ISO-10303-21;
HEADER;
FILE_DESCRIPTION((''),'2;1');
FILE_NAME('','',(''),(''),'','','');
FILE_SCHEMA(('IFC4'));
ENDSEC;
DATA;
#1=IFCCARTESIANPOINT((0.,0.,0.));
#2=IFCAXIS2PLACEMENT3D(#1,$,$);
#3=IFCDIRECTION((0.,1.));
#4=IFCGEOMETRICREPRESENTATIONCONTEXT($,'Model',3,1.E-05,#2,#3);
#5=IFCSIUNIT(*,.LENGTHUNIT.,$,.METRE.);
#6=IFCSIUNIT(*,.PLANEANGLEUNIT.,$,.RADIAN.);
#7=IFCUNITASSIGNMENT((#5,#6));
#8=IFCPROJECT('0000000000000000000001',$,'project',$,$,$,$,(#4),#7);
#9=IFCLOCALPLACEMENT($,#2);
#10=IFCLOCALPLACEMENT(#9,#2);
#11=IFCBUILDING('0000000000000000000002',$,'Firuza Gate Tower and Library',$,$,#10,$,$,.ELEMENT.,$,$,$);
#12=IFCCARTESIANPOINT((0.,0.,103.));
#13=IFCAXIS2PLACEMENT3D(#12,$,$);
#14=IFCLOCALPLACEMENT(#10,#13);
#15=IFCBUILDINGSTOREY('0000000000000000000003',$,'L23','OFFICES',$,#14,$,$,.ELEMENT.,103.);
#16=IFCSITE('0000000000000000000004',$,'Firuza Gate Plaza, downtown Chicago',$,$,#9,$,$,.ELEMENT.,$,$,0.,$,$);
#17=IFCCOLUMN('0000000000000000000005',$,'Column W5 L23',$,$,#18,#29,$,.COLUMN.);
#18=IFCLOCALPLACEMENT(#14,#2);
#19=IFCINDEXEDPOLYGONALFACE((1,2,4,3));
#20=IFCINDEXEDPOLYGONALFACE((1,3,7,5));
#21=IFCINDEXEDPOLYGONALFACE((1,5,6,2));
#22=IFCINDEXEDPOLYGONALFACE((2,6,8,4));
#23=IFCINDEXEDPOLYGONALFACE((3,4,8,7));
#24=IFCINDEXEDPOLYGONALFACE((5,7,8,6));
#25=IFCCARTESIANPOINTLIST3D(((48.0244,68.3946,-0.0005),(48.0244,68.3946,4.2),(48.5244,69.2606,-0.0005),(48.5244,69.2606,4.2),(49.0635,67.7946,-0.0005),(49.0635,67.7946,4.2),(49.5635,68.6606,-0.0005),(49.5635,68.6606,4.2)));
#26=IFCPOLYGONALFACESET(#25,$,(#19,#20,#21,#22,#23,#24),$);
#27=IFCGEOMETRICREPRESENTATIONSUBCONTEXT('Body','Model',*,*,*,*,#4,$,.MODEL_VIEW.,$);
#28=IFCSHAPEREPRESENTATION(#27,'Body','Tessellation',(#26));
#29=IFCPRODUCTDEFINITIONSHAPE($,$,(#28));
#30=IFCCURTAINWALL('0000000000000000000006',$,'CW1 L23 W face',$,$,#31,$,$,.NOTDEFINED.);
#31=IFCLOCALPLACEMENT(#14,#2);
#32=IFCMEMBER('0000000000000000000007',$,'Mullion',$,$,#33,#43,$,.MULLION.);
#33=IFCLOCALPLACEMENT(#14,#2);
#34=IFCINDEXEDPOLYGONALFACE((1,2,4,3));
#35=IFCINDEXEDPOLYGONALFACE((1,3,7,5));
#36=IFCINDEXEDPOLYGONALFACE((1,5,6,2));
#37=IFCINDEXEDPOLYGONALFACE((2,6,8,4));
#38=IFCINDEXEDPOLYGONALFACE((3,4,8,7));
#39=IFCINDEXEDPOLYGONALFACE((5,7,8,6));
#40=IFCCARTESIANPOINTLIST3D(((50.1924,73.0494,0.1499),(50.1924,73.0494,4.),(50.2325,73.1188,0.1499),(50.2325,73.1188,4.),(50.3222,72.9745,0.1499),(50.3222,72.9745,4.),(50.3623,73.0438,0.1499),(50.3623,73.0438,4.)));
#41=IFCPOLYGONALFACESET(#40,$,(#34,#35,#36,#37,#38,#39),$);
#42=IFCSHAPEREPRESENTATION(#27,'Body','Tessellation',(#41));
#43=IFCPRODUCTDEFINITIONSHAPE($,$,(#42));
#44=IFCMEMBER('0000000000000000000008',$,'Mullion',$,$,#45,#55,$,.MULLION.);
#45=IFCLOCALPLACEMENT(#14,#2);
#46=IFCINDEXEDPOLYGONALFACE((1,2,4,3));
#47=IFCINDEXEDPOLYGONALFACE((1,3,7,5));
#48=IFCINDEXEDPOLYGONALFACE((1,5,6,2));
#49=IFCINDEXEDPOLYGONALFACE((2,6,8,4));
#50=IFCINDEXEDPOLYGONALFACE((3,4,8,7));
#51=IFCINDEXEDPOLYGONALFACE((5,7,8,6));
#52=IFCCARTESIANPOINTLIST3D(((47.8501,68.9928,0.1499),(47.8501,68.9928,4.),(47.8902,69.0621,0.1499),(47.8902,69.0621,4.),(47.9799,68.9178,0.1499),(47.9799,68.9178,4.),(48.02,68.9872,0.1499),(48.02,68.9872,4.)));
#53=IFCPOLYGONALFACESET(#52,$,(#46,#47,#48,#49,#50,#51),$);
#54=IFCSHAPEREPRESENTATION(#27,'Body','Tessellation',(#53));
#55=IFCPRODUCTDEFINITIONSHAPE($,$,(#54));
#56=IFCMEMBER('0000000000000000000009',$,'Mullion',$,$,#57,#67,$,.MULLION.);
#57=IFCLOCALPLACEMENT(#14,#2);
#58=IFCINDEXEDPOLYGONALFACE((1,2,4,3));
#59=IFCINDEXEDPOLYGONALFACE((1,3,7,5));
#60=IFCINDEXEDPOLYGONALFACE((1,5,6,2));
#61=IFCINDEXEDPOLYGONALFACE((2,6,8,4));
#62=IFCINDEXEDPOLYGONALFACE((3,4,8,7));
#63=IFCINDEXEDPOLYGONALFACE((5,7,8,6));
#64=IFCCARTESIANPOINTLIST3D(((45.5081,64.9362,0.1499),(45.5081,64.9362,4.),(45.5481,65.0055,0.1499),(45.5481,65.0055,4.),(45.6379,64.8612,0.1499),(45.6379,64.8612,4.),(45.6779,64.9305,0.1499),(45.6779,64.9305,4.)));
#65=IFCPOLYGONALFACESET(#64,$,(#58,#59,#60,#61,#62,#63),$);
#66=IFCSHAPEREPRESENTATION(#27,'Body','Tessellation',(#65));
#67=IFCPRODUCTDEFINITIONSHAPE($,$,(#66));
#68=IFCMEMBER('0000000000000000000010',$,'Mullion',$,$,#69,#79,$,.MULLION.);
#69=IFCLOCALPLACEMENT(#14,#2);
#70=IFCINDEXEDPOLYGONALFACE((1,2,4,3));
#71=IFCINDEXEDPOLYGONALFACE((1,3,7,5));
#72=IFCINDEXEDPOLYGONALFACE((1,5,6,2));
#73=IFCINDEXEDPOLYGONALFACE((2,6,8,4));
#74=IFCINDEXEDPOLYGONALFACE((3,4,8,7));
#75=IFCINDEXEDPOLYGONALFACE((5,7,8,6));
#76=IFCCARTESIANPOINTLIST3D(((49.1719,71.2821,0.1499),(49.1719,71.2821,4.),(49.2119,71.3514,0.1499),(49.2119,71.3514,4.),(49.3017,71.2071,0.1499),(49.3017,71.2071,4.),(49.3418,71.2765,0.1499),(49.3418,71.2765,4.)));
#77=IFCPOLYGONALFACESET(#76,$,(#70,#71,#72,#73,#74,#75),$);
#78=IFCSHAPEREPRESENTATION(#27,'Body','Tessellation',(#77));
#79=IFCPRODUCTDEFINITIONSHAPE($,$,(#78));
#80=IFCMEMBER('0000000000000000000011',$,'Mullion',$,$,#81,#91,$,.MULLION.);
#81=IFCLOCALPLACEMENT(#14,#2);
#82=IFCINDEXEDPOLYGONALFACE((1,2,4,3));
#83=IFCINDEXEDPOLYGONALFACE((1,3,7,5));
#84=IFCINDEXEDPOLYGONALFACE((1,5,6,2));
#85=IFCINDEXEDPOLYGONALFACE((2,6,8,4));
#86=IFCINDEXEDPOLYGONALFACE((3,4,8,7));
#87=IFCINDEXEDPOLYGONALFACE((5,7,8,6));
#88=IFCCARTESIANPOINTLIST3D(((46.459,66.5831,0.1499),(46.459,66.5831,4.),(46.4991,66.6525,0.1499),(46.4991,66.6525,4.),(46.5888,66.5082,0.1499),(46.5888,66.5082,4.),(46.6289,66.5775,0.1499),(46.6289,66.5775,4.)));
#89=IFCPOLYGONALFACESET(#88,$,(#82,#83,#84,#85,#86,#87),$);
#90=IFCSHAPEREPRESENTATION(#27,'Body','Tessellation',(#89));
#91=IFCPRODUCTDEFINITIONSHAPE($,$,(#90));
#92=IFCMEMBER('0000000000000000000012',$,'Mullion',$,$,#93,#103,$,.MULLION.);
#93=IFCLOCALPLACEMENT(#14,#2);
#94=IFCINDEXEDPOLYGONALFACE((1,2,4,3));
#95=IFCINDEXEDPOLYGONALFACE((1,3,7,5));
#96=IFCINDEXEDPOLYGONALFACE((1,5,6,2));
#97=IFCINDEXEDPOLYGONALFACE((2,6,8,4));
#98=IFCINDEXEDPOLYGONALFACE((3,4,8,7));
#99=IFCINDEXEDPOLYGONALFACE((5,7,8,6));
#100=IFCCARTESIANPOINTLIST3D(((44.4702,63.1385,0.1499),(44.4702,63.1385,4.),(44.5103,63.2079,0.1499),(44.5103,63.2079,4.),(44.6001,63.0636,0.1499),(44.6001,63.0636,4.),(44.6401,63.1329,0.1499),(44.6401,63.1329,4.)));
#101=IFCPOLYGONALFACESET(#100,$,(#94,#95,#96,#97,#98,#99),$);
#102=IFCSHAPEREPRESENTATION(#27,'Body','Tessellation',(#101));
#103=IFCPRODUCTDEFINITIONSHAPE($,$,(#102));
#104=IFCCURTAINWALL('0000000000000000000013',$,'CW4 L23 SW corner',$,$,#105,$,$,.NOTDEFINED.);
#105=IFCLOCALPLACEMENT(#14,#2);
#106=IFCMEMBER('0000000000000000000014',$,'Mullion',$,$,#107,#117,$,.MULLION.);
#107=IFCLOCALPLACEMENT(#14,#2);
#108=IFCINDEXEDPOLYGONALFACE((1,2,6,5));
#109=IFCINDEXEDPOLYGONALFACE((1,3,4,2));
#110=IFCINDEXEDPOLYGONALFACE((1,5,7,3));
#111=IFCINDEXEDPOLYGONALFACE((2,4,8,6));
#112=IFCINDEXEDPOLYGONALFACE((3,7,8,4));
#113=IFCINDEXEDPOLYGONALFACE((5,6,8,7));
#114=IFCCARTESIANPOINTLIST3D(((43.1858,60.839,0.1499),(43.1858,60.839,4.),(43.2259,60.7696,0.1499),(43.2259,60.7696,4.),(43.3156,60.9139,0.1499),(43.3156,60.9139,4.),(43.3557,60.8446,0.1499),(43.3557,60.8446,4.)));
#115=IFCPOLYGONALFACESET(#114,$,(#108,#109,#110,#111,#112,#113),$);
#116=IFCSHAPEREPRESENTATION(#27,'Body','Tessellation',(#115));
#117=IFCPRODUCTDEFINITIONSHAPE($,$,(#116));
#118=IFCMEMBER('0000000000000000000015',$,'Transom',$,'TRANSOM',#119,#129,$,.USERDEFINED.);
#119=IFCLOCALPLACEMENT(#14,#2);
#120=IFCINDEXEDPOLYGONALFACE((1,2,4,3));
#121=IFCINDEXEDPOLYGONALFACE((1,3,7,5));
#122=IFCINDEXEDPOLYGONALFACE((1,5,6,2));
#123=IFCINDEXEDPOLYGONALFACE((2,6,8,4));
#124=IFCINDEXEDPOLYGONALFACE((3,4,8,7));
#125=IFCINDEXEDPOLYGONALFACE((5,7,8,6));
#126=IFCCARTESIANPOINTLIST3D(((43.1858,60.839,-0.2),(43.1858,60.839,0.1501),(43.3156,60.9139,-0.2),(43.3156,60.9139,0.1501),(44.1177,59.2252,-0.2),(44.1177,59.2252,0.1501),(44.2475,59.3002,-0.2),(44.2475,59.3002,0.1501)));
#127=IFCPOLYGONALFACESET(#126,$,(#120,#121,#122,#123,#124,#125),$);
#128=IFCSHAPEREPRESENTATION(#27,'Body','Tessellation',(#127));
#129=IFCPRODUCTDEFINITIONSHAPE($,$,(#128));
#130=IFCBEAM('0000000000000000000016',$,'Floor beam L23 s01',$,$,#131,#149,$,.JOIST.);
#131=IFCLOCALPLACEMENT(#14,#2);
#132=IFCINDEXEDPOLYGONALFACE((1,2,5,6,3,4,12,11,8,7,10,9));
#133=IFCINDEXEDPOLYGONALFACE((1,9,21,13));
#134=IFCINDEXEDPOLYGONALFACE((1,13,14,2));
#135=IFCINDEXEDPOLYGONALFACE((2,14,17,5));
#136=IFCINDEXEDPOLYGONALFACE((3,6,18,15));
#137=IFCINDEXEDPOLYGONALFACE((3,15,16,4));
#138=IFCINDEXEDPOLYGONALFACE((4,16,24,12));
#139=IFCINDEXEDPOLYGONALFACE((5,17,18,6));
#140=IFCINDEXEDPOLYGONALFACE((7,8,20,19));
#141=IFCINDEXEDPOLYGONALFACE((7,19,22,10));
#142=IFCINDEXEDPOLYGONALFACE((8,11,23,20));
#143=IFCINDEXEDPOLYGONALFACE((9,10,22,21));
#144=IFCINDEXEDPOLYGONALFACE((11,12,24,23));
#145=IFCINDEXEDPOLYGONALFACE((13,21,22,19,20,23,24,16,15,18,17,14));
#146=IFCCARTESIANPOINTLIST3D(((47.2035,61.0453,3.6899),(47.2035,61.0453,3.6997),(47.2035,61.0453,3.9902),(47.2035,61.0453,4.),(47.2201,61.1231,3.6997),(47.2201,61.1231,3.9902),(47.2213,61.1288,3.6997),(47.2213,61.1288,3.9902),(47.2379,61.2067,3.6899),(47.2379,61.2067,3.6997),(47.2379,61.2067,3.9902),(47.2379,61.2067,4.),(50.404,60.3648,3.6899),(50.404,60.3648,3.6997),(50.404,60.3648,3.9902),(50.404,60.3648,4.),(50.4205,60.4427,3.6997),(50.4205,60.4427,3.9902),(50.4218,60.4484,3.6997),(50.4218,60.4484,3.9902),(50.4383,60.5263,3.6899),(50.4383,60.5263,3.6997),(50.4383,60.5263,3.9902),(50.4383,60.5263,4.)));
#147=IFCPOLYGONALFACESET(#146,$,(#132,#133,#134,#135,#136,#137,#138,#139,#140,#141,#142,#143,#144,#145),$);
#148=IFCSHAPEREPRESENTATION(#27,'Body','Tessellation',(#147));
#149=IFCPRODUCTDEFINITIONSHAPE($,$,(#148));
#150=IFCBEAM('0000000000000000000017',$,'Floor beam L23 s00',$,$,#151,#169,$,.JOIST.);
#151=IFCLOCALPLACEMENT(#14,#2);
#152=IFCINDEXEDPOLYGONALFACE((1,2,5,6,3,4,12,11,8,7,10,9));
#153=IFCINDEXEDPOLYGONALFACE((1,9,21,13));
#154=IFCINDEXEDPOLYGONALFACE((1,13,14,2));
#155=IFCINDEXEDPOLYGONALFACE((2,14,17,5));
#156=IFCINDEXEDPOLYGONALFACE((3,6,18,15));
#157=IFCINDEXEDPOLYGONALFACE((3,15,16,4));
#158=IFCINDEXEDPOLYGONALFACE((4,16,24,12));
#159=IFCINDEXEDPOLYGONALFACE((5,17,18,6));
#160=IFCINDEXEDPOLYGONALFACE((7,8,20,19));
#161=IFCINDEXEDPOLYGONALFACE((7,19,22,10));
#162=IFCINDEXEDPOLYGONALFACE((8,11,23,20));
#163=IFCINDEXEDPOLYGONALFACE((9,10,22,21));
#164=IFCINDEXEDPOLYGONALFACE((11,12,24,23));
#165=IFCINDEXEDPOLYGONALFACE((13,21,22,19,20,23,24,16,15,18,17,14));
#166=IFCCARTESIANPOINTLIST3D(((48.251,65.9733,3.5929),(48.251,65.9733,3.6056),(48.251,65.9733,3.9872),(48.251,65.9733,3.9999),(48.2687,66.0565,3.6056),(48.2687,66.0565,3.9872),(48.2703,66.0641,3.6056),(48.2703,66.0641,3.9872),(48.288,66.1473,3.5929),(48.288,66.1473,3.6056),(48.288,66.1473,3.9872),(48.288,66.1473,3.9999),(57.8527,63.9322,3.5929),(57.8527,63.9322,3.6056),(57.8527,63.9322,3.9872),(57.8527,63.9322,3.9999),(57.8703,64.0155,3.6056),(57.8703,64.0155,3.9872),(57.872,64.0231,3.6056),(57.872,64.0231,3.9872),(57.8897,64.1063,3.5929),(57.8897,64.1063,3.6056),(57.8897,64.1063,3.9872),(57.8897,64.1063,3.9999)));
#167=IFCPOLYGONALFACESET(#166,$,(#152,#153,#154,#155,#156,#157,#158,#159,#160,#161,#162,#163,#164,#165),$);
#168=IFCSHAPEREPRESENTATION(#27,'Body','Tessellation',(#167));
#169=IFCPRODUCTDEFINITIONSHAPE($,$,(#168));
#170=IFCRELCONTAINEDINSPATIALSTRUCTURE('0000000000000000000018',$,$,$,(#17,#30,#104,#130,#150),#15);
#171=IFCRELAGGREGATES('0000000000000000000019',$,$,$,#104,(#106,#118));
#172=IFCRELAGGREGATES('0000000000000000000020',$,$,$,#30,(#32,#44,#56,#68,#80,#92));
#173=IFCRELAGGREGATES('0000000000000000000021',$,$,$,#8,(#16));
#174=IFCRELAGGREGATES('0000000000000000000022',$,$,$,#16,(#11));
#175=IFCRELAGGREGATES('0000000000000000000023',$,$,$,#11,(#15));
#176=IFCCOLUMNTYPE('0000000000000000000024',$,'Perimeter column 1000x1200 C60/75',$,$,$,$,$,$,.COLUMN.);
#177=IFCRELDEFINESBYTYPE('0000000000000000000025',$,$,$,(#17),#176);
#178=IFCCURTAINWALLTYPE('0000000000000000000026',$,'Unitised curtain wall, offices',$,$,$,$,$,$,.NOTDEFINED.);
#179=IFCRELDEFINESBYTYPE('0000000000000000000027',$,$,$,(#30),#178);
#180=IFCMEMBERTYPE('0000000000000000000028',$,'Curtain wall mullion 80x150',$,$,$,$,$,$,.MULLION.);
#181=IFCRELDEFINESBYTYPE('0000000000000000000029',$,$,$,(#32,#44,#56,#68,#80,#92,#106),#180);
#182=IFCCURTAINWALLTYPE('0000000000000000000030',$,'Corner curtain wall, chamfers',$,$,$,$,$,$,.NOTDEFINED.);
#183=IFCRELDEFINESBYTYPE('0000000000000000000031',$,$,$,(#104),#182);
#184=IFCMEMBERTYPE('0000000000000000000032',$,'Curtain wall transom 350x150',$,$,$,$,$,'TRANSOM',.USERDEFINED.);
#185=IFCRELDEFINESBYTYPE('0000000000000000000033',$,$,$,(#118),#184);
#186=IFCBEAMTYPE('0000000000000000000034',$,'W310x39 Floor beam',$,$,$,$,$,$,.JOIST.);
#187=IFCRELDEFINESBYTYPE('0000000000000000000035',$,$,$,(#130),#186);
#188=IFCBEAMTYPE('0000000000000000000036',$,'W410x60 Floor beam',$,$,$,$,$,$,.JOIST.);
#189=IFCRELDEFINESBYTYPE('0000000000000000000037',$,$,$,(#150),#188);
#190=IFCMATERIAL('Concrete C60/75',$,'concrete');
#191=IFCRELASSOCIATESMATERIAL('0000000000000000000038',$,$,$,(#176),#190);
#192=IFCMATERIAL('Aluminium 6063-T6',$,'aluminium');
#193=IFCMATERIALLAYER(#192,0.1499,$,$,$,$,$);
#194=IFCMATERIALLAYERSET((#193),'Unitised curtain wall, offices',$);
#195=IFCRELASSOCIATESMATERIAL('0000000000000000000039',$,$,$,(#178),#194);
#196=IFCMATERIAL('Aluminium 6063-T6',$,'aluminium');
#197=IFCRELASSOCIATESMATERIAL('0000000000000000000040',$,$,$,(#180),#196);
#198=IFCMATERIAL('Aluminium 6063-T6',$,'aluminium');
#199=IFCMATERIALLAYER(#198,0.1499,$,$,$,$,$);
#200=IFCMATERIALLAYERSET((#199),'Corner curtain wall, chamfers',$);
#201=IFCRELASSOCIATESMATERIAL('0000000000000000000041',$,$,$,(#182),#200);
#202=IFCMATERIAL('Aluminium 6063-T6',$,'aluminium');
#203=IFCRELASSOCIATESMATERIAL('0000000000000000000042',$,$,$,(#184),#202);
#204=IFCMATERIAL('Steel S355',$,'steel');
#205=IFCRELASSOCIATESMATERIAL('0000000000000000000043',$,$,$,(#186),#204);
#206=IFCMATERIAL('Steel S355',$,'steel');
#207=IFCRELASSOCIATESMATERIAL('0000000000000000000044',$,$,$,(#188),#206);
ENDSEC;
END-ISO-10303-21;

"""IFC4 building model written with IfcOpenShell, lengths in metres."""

from ifc_helpers import new_model, si_unit, direction, frame, origin, origin_2d, place, context, subcontext, project, spatial, rectangle, i_section, extrude, material, layer, layer_set, material_profile, profile_set, type_object, element, aggregate, save


model = new_model("IFC4")

# Units and contexts
model_context = context("Model", 3, precision=1e-05, world=origin(), true_north=direction((0.0, 1.0)))
body_context = subcontext(model_context, "Body", "Model", "MODEL_VIEW")
ifc_project = project(units=[si_unit("LENGTHUNIT", "METRE"), si_unit("PLANEANGLEUNIT", "RADIAN")], contexts=[model_context])

# Site, building, storey
site_placement = place(None, origin())
site = spatial("IfcSite", under=ifc_project, at=site_placement, Name="Firuza Gate Plaza, downtown Chicago", CompositionType="ELEMENT", RefElevation=0.0)
building_placement = place(site_placement, origin())
building = spatial("IfcBuilding", under=site, at=building_placement, Name="Firuza Gate Tower and Library", CompositionType="ELEMENT")
storey_placement = place(building_placement, frame((0.0, 0.0, 103.0)))
storey = spatial("IfcBuildingStorey", under=building, at=storey_placement, Name="L23", Description="OFFICES", CompositionType="ELEMENT", Elevation=103.0)

# Column
ifc_material_1 = material(Name="Concrete C60/75", Category="concrete")
ifc_material_profile_1 = material_profile(ifc_material_1, rectangle(XDim=1.0, YDim=1.2, at=origin_2d()))
ifc_profile_set_1 = profile_set([ifc_material_profile_1], Name="Concrete C60/75")
column_type = type_object("IfcColumnType", Name="Perimeter column 1000x1200 C60/75", PredefinedType="COLUMN", material=ifc_profile_set_1)
column_placement = place(storey_placement, frame((48.7939, 68.5276, -0.0005), z_axis=(0.0, 0.0, 1.0), x_axis=(-0.5, -0.866025, 0.0)))
element("IfcColumn", 1, at=column_placement, inside=storey, type_object=column_type, Name="Column W5 L23", PredefinedType="COLUMN", context=body_context, shape_type="SweptSolid", body=[
    extrude(rectangle(XDim=1.0, YDim=1.2, at=origin_2d()), origin(), (0.0, 0.0, 1.0), 4.2004),
])

# Curtain walls, members
ifc_material_2 = material(Name="Aluminium 6063-T6", Category="aluminium")
ifc_layer_1 = layer(ifc_material_2, 0.1499)
ifc_layer_set_1 = layer_set([ifc_layer_1], Name="Unitised curtain wall, offices")
curtain_wall_type_1 = type_object("IfcCurtainWallType", Name="Unitised curtain wall, offices", PredefinedType="NOTDEFINED", material=ifc_layer_set_1)
placement = place(storey_placement, origin())
curtain_wall_1 = element("IfcCurtainWall", 2, at=placement, inside=storey, type_object=curtain_wall_type_1, Name="CW1 L23 W face", PredefinedType="NOTDEFINED")
ifc_material_3 = material(Name="Aluminium 6063-T6", Category="aluminium")
ifc_material_profile_2 = material_profile(ifc_material_3, rectangle(XDim=0.1499, YDim=0.0801, at=origin_2d()))
ifc_profile_set_2 = profile_set([ifc_material_profile_2], Name="Aluminium 6063-T6")
member_type_1 = type_object("IfcMemberType", Name="Curtain wall mullion 80x150", PredefinedType="MULLION", material=ifc_profile_set_2)
member_1_placement = place(storey_placement, frame((50.2773, 73.0466, 0.1499), z_axis=(0.0, 0.0, 1.0), x_axis=(0.866025, -0.5, 0.0)))
member_1 = element("IfcMember", 3, at=member_1_placement, type_object=member_type_1, Name="Mullion", PredefinedType="MULLION", context=body_context, shape_type="SweptSolid", body=[
    extrude(rectangle(XDim=0.1499, YDim=0.0801, at=origin_2d()), origin(), (0.0, 0.0, 1.0), 3.8501),
])
member_2_placement = place(storey_placement, frame((47.9351, 68.99, 0.1499), z_axis=(0.0, 0.0, 1.0), x_axis=(0.866025, -0.5, 0.0)))
member_2 = element("IfcMember", 4, at=member_2_placement, type_object=member_type_1, Name="Mullion", PredefinedType="MULLION", context=body_context, shape_type="SweptSolid", body=[
    extrude(rectangle(XDim=0.1499, YDim=0.0801, at=origin_2d()), origin(), (0.0, 0.0, 1.0), 3.8501),
])
member_3_placement = place(storey_placement, frame((45.593, 64.9333, 0.1499), z_axis=(0.0, 0.0, 1.0), x_axis=(0.866025, -0.5, 0.0)))
member_3 = element("IfcMember", 5, at=member_3_placement, type_object=member_type_1, Name="Mullion", PredefinedType="MULLION", context=body_context, shape_type="SweptSolid", body=[
    extrude(rectangle(XDim=0.1499, YDim=0.0801, at=origin_2d()), origin(), (0.0, 0.0, 1.0), 3.8501),
])
member_4_placement = place(storey_placement, frame((49.2568, 71.2793, 0.1499), z_axis=(0.0, 0.0, 1.0), x_axis=(0.866025, -0.5, 0.0)))
member_4 = element("IfcMember", 6, at=member_4_placement, type_object=member_type_1, Name="Mullion", PredefinedType="MULLION", context=body_context, shape_type="SweptSolid", body=[
    extrude(rectangle(XDim=0.1499, YDim=0.0801, at=origin_2d()), origin(), (0.0, 0.0, 1.0), 3.8501),
])
member_5_placement = place(storey_placement, frame((46.5439, 66.5803, 0.1499), z_axis=(0.0, 0.0, 1.0), x_axis=(0.866025, -0.5, 0.0)))
member_5 = element("IfcMember", 7, at=member_5_placement, type_object=member_type_1, Name="Mullion", PredefinedType="MULLION", context=body_context, shape_type="SweptSolid", body=[
    extrude(rectangle(XDim=0.1499, YDim=0.0801, at=origin_2d()), origin(), (0.0, 0.0, 1.0), 3.8501),
])
member_6_placement = place(storey_placement, frame((44.5552, 63.1357, 0.1499), z_axis=(0.0, 0.0, 1.0), x_axis=(0.866025, -0.5, 0.0)))
member_6 = element("IfcMember", 8, at=member_6_placement, type_object=member_type_1, Name="Mullion", PredefinedType="MULLION", context=body_context, shape_type="SweptSolid", body=[
    extrude(rectangle(XDim=0.1499, YDim=0.0801, at=origin_2d()), origin(), (0.0, 0.0, 1.0), 3.8501),
])
ifc_material_4 = material(Name="Aluminium 6063-T6", Category="aluminium")
ifc_layer_2 = layer(ifc_material_4, 0.1499)
ifc_layer_set_2 = layer_set([ifc_layer_2], Name="Corner curtain wall, chamfers")
curtain_wall_type_2 = type_object("IfcCurtainWallType", Name="Corner curtain wall, chamfers", PredefinedType="NOTDEFINED", material=ifc_layer_set_2)
curtain_wall_2 = element("IfcCurtainWall", 9, at=placement, inside=storey, type_object=curtain_wall_type_2, Name="CW4 L23 SW corner", PredefinedType="NOTDEFINED")
member_7_placement = place(storey_placement, frame((43.2708, 60.8418, 0.1499), z_axis=(0.0, 0.0, 1.0), x_axis=(0.866025, 0.5, 0.0)))
member_7 = element("IfcMember", 10, at=member_7_placement, type_object=member_type_1, Name="Mullion", PredefinedType="MULLION", context=body_context, shape_type="SweptSolid", body=[
    extrude(rectangle(XDim=0.1499, YDim=0.0801, at=origin_2d()), origin(), (0.0, 0.0, 1.0), 3.8501),
])
ifc_material_5 = material(Name="Aluminium 6063-T6", Category="aluminium")
ifc_material_profile_3 = material_profile(ifc_material_5, rectangle(XDim=0.1499, YDim=0.3501, at=origin_2d()))
ifc_profile_set_3 = profile_set([ifc_material_profile_3], Name="Aluminium 6063-T6")
member_type_2 = type_object("IfcMemberType", Name="Curtain wall transom 350x150", ElementType="TRANSOM", PredefinedType="USERDEFINED", material=ifc_profile_set_3)
member_8_placement = place(storey_placement, frame((43.2507, 60.8765, -0.0249), z_axis=(0.50007, -0.865985, 0.0), x_axis=(0.865985, 0.50007, 0.0)))
member_8 = element("IfcMember", 11, at=member_8_placement, type_object=member_type_2, Name="Transom", ObjectType="TRANSOM", PredefinedType="USERDEFINED", context=body_context, shape_type="SweptSolid", body=[
    extrude(rectangle(XDim=0.1499, YDim=0.3501, at=origin_2d()), origin(), (0.0, 0.0, 1.0), 1.8635),
])

# Beams
ifc_material_6 = material(Name="Steel S355", Category="steel")
ifc_material_profile_4 = material_profile(ifc_material_6, i_section(OverallWidth=0.165, OverallDepth=0.3101, WebThickness=0.0059, FlangeThickness=0.0098, at=origin_2d()))
ifc_profile_set_4 = profile_set([ifc_material_profile_4], Name="Steel S355")
beam_type_1 = type_object("IfcBeamType", Name="W310x39 Floor beam", PredefinedType="JOIST", material=ifc_profile_set_4)
beam_1_placement = place(storey_placement, frame((47.2207, 61.126, 3.845), z_axis=(0.978139, -0.207954, 0.0), x_axis=(0.207954, 0.978139, 0.0)))
element("IfcBeam", 12, at=beam_1_placement, inside=storey, type_object=beam_type_1, Name="Floor beam L23 s01", PredefinedType="JOIST", context=body_context, shape_type="SweptSolid", body=[
    extrude(i_section(OverallWidth=0.165, OverallDepth=0.3101, WebThickness=0.0059, FlangeThickness=0.0098, at=origin_2d()), origin(), (0.0, 0.0, 1.0), 3.272),
])
ifc_material_7 = material(Name="Steel S355", Category="steel")
ifc_material_profile_5 = material_profile(ifc_material_7, i_section(OverallWidth=0.178, OverallDepth=0.407, WebThickness=0.0078, FlangeThickness=0.0127, at=origin_2d()))
ifc_profile_set_5 = profile_set([ifc_material_profile_5], Name="Steel S355")
beam_type_2 = type_object("IfcBeamType", Name="W410x60 Floor beam", PredefinedType="JOIST", material=ifc_profile_set_5)
beam_2_placement = place(storey_placement, frame((48.2695, 66.0603, 3.7964), z_axis=(0.978145, -0.207925, 0.0), x_axis=(0.207925, 0.978145, 0.0)))
element("IfcBeam", 13, at=beam_2_placement, inside=storey, type_object=beam_type_2, Name="Floor beam L23 s00", PredefinedType="JOIST", context=body_context, shape_type="SweptSolid", body=[
    extrude(i_section(OverallWidth=0.178, OverallDepth=0.407, WebThickness=0.0078, FlangeThickness=0.0127, at=origin_2d()), origin(), (0.0, 0.0, 1.0), 9.8162),
])

aggregate(curtain_wall_2, [member_7, member_8])
aggregate(curtain_wall_1, [member_1, member_2, member_3, member_4, member_5, member_6])

save(model, "model.ifc")
